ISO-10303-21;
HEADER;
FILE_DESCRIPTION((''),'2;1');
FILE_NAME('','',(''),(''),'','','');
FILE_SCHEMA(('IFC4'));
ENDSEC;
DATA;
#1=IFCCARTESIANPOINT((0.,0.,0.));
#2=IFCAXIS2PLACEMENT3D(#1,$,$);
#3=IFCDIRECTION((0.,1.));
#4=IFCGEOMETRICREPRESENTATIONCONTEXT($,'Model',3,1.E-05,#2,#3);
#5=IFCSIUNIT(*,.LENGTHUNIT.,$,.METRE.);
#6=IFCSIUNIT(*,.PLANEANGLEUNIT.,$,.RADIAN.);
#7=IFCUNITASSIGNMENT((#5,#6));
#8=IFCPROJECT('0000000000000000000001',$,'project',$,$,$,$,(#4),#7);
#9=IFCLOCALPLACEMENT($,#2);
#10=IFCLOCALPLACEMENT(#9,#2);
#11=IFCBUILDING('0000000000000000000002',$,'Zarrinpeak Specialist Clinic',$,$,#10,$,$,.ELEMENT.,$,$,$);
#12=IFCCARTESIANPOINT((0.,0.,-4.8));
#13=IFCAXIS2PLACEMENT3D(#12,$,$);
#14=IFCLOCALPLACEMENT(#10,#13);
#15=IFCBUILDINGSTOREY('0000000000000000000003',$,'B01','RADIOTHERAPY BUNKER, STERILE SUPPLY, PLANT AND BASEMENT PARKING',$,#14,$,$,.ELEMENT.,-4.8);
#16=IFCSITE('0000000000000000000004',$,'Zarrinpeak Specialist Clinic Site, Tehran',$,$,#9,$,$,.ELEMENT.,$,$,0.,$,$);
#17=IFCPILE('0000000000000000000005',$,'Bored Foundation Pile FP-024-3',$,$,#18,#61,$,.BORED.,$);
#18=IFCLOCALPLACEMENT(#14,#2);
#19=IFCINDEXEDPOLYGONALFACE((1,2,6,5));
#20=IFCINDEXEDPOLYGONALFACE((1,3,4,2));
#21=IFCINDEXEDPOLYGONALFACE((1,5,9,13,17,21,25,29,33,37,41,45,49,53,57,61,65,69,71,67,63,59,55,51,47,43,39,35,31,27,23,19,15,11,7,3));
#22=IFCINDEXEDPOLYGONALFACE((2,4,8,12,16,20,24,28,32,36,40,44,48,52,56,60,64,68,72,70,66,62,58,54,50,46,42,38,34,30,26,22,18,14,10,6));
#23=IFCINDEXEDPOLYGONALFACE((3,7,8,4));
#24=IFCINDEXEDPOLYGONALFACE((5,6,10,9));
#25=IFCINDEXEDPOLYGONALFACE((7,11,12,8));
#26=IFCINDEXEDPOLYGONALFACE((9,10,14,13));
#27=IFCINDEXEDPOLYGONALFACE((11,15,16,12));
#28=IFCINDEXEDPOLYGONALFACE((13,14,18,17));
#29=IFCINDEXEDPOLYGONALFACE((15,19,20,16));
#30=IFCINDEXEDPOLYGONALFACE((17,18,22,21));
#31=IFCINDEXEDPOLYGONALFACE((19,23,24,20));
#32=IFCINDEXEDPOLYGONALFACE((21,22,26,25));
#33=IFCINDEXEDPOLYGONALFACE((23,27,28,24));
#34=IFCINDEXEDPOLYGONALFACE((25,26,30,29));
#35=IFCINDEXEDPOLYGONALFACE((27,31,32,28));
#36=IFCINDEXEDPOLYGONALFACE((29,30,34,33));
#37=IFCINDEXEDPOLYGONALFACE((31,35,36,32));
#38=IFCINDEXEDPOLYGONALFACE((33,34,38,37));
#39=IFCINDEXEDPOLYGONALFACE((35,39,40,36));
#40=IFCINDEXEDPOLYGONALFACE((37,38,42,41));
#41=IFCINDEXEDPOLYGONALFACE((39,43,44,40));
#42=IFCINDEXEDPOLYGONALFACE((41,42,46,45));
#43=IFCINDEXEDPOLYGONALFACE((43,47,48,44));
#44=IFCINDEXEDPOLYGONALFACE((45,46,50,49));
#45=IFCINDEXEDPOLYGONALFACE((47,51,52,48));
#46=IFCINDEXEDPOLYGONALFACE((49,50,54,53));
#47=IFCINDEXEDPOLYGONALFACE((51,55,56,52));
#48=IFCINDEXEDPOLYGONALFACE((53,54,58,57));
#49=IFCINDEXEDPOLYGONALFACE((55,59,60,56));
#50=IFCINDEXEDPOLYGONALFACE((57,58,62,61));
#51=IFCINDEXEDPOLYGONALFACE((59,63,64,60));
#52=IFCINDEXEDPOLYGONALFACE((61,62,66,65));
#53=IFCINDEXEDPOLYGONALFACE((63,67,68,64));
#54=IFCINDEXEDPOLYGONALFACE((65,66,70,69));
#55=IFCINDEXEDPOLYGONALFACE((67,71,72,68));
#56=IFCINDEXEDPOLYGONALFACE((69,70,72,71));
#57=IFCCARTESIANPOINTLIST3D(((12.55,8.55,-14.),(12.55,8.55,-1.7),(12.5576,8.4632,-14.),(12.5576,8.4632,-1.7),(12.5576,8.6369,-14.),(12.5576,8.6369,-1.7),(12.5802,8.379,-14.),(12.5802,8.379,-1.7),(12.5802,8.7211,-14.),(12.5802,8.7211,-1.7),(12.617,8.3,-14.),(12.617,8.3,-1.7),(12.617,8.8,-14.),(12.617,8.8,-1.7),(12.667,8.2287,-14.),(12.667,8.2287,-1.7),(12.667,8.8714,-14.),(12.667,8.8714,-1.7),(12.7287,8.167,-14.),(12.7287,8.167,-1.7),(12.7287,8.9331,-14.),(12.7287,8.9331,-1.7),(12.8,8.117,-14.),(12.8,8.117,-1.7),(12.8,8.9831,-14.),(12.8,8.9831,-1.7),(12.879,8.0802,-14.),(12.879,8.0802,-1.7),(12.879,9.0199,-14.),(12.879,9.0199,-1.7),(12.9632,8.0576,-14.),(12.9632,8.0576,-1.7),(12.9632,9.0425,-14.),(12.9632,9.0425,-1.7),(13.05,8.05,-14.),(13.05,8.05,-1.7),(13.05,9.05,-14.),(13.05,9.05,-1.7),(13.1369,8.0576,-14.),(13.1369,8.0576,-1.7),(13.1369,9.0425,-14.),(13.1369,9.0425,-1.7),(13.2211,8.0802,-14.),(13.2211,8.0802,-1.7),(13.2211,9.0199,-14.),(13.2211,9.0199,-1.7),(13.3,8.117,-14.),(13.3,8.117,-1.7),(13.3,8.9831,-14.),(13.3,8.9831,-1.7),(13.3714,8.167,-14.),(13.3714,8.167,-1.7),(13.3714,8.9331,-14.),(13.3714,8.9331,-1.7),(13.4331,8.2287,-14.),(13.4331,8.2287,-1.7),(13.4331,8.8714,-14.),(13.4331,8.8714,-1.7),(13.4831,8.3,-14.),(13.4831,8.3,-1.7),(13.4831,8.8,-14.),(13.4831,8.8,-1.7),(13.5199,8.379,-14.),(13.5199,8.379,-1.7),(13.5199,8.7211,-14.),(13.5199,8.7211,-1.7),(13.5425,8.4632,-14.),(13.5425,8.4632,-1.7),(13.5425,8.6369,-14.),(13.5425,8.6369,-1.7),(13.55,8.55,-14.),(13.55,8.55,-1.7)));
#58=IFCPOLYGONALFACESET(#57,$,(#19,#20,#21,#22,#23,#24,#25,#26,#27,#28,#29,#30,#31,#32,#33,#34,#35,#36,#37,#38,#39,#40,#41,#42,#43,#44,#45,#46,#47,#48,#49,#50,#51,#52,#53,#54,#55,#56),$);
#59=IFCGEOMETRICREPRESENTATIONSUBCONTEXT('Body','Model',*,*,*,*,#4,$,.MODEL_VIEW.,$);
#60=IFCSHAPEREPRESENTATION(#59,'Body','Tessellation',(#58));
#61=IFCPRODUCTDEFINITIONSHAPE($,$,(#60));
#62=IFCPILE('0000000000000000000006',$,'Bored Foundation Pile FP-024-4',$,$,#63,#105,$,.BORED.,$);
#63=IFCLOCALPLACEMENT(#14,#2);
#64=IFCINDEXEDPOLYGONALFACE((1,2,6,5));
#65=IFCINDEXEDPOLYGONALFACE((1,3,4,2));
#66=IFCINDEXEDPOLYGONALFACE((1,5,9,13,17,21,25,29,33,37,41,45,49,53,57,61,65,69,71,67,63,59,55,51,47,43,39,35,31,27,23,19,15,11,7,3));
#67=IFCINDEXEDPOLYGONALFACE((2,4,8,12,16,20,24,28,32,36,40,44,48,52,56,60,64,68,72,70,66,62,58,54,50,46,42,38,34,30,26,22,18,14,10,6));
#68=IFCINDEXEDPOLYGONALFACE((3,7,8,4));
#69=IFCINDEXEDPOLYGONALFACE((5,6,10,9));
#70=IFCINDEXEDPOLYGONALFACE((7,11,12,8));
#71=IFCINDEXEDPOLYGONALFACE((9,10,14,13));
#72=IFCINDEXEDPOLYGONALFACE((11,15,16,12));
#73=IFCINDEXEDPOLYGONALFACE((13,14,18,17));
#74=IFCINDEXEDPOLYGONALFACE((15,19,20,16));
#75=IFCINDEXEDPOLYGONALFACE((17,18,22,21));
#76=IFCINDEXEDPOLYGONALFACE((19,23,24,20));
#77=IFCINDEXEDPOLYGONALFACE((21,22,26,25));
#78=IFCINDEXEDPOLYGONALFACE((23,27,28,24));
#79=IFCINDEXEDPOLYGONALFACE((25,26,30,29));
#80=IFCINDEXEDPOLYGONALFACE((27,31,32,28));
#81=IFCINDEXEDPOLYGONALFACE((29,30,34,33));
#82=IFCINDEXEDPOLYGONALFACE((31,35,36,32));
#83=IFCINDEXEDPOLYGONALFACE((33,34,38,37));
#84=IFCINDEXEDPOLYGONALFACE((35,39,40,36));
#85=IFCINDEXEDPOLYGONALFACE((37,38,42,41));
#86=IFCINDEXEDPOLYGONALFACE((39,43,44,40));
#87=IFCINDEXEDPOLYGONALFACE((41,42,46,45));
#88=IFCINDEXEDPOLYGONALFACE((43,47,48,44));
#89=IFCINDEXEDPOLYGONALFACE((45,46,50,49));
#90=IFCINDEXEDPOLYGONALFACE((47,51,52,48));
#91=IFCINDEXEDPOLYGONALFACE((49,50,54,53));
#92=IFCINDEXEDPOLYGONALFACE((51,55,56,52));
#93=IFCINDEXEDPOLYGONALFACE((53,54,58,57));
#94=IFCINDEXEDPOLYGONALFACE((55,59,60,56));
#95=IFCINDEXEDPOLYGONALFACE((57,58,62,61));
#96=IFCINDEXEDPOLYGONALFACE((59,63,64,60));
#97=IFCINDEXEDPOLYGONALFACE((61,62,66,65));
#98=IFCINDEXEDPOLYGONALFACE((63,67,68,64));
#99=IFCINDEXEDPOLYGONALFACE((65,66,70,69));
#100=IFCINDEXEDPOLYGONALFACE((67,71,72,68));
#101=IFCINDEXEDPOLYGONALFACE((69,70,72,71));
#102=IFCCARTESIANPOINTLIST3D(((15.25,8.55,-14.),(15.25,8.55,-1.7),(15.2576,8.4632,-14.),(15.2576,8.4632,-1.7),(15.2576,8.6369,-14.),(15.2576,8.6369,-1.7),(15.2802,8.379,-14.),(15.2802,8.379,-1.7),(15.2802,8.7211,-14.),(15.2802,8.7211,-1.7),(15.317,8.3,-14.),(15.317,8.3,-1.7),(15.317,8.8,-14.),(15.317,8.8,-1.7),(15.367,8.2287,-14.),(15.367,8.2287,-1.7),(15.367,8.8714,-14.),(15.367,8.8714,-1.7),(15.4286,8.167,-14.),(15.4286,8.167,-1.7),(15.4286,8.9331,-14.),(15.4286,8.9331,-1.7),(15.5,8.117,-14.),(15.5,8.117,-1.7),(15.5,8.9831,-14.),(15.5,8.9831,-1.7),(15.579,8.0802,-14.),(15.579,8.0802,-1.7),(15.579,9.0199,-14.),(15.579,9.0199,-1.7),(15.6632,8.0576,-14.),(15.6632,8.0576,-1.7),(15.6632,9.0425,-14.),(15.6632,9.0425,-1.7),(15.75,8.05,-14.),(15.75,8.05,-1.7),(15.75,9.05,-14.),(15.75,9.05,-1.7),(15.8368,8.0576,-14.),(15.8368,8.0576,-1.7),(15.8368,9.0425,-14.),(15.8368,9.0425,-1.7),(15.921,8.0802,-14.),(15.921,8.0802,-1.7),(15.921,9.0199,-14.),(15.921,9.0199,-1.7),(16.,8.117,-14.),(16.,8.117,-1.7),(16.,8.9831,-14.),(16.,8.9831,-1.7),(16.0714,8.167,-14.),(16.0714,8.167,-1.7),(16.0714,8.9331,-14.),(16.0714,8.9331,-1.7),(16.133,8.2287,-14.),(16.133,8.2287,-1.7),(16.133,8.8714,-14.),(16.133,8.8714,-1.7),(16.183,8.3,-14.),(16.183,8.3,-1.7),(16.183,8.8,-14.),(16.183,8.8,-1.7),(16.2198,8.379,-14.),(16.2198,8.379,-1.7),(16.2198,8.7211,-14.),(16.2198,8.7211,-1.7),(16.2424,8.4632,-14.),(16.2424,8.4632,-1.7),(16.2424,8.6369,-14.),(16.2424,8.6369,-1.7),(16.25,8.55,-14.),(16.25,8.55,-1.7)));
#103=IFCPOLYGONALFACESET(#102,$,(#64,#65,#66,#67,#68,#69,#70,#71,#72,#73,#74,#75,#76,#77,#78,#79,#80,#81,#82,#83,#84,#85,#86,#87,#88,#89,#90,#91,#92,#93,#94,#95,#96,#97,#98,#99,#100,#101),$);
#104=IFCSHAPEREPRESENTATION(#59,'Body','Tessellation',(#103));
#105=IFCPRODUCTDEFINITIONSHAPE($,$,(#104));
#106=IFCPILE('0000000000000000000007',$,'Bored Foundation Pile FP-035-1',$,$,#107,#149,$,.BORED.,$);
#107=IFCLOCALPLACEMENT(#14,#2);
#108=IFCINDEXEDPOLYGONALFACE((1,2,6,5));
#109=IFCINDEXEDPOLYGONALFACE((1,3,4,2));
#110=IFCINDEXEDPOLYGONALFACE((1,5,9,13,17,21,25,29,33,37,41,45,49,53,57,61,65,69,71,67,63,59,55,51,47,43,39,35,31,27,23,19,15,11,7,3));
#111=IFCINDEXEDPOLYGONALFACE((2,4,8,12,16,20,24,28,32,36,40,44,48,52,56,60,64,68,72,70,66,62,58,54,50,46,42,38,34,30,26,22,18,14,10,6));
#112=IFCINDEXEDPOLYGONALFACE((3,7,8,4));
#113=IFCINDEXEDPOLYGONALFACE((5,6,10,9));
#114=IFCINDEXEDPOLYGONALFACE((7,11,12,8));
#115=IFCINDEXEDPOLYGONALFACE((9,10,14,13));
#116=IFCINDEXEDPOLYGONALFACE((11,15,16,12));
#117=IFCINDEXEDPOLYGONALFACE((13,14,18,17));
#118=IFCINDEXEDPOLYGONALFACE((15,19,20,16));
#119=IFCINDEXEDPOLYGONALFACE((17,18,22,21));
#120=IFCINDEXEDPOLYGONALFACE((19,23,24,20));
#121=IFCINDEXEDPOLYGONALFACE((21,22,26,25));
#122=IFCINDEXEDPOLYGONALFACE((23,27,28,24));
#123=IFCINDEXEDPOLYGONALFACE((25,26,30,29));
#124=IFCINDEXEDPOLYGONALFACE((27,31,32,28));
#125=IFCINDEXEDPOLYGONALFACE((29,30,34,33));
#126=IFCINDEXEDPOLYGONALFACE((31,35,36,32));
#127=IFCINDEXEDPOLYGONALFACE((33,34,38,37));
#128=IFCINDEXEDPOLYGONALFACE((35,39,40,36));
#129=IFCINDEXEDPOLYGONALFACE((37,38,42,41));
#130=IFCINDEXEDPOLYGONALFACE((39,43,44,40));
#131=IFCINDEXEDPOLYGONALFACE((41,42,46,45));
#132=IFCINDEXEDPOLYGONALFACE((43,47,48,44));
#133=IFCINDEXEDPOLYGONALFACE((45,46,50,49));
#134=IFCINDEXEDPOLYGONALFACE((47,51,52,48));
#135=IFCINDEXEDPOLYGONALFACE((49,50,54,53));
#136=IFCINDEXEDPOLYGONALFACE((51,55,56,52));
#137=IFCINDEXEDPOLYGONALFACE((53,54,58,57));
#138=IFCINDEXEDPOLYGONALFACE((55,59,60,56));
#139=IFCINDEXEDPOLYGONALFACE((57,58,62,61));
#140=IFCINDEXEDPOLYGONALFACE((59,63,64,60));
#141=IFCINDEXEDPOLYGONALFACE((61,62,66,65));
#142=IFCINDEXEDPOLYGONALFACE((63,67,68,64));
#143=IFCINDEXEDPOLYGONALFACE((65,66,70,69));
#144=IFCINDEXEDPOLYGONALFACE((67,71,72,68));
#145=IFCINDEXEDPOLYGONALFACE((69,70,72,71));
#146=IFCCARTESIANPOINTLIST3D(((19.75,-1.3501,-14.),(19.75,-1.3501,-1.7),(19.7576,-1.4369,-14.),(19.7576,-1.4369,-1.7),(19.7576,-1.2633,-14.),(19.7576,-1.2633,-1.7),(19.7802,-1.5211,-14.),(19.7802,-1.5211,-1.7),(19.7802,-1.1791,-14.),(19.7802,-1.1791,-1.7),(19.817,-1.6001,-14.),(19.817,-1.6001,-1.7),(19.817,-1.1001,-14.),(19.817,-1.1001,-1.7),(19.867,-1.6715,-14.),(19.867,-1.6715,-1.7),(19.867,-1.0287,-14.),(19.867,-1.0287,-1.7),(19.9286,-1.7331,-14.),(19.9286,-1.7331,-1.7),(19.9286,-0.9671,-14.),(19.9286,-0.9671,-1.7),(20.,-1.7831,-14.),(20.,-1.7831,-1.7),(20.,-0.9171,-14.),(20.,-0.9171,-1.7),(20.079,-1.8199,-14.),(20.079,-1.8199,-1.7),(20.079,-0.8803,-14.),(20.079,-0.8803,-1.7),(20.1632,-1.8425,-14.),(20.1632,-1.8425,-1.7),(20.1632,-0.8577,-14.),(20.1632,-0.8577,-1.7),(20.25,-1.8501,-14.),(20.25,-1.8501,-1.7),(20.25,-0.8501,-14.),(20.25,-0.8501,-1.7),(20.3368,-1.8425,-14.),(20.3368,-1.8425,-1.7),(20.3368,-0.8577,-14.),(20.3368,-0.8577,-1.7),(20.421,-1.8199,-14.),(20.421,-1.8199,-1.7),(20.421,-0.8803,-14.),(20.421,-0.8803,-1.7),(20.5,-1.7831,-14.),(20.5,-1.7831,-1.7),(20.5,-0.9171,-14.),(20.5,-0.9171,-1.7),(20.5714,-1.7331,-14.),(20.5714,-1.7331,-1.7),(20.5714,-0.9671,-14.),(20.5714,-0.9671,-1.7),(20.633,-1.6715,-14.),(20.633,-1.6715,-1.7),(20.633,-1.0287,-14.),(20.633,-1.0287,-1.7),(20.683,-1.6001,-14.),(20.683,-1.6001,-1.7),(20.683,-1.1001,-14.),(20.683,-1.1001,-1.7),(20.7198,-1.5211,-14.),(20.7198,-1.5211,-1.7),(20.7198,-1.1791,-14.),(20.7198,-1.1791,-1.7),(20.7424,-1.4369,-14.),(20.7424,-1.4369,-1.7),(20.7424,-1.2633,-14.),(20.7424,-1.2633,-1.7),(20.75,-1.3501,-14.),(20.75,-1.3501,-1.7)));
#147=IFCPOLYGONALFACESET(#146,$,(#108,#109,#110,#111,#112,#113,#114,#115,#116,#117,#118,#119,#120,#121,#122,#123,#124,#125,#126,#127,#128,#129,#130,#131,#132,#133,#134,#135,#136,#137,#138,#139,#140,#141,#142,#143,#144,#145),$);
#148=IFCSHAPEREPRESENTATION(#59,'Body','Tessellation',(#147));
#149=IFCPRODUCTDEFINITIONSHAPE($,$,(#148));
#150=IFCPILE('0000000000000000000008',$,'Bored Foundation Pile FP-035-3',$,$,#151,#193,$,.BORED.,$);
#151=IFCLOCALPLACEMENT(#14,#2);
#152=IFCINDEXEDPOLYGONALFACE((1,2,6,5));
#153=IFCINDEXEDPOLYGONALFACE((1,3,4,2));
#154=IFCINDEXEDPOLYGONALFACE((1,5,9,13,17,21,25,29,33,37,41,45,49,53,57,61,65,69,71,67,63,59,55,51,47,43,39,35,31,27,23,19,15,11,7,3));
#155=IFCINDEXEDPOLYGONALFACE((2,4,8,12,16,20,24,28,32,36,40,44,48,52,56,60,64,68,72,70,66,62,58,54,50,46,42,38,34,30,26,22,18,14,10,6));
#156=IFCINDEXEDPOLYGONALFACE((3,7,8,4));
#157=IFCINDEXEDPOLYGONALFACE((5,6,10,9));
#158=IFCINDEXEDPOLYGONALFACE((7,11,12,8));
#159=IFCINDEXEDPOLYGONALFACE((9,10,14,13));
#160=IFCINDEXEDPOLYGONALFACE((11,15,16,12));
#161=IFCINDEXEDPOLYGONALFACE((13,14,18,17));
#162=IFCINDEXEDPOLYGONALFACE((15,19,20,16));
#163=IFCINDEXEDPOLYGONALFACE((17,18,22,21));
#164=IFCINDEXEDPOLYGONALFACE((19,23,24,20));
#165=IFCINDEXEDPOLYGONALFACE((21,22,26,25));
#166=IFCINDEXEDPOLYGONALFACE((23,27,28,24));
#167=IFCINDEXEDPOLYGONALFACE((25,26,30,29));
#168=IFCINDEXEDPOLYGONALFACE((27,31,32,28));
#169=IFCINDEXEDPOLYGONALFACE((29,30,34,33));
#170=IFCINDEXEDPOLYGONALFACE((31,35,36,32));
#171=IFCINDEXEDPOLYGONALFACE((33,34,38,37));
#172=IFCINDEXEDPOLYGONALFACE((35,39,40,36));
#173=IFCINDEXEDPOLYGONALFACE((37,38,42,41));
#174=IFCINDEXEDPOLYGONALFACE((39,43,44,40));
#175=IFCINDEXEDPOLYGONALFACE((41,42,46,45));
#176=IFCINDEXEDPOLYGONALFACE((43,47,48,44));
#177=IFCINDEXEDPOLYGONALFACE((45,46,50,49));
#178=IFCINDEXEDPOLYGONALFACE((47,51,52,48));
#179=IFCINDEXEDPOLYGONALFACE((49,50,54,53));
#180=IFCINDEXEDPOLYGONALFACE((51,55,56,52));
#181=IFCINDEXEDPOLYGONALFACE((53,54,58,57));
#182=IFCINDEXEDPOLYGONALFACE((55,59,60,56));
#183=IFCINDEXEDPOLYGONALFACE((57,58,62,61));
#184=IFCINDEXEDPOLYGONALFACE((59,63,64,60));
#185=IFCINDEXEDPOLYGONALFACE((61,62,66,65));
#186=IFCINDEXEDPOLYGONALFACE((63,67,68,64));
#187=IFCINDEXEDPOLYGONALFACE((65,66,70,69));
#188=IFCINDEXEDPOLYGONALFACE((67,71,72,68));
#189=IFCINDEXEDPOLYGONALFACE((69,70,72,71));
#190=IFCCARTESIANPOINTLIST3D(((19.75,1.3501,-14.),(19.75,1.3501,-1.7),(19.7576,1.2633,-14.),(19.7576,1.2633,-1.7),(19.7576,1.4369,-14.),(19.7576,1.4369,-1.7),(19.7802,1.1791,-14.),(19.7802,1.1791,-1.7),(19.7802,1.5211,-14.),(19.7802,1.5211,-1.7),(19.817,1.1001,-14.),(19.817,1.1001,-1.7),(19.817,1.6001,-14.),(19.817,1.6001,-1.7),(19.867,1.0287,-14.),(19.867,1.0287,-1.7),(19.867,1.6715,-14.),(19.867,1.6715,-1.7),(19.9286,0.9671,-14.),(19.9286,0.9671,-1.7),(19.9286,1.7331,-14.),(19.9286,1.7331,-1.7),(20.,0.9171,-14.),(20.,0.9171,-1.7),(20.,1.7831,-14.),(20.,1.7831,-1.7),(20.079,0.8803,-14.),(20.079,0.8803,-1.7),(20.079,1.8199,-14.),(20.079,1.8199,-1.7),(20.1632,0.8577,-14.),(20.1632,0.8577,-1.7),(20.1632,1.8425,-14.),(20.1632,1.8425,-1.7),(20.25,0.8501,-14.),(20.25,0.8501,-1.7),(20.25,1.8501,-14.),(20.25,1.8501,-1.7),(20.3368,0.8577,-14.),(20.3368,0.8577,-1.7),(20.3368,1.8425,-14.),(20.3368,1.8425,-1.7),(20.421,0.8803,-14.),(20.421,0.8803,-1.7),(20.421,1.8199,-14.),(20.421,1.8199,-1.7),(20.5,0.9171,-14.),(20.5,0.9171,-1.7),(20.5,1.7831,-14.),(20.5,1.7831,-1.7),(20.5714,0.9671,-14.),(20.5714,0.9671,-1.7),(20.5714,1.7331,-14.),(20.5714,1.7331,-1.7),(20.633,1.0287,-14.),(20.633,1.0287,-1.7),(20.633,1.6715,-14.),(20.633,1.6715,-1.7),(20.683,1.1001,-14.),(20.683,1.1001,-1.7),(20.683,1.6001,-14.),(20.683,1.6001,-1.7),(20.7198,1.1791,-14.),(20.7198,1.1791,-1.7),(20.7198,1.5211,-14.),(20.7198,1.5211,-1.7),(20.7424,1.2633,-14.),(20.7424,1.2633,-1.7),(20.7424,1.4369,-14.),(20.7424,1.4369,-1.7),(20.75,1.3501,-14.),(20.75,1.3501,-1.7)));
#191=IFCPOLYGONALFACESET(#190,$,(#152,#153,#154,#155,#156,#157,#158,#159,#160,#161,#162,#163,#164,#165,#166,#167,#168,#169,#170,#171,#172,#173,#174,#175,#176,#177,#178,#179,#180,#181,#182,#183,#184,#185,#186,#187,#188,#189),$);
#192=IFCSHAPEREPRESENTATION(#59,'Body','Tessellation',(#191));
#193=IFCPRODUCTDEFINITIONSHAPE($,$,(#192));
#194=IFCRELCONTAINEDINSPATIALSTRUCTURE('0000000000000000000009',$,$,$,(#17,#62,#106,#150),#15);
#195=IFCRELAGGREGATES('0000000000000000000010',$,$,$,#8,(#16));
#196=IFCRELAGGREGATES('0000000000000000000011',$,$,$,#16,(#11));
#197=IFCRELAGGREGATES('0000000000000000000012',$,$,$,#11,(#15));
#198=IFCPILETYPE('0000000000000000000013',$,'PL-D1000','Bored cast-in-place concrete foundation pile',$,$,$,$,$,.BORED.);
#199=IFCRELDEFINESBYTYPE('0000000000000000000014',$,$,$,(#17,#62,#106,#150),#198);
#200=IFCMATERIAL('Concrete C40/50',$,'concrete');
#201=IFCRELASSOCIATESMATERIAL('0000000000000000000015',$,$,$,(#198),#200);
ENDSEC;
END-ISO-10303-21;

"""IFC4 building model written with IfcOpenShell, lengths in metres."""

from ifc_helpers import new_model, si_unit, direction, frame, origin, origin_2d, place, context, subcontext, project, spatial, circle, extrude, material, material_profile, profile_set, type_object, element, save


model = new_model("IFC4")

# Units and contexts
model_context = context("Model", 3, precision=1e-05, world=origin(), true_north=direction((0.0, 1.0)))
body_context = subcontext(model_context, "Body", "Model", "MODEL_VIEW")
ifc_project = project(units=[si_unit("LENGTHUNIT", "METRE"), si_unit("PLANEANGLEUNIT", "RADIAN")], contexts=[model_context])

# Site, building, storey
site_placement = place(None, origin())
site = spatial("IfcSite", under=ifc_project, at=site_placement, Name="Zarrinpeak Specialist Clinic Site, Tehran", CompositionType="ELEMENT", RefElevation=0.0)
building_placement = place(site_placement, origin())
building = spatial("IfcBuilding", under=site, at=building_placement, Name="Zarrinpeak Specialist Clinic", CompositionType="ELEMENT")
storey_placement = place(building_placement, frame((0.0, 0.0, -4.8)))
storey = spatial("IfcBuildingStorey", under=building, at=storey_placement, Name="B01", Description="RADIOTHERAPY BUNKER, STERILE SUPPLY, PLANT AND BASEMENT PARKING", CompositionType="ELEMENT", Elevation=-4.8)

# Shared definitions
ifc_material_1 = material(Name="Concrete C40/50", Category="concrete")

# Piles
ifc_material_profile_1 = material_profile(ifc_material_1, circle(Radius=0.5, at=origin_2d()), Name="BORED PILE D1000")
ifc_profile_set_1 = profile_set([ifc_material_profile_1], Name="Concrete C40/50")
pile_type = type_object("IfcPileType", Name="PL-D1000", Description="Bored cast-in-place concrete foundation pile", PredefinedType="BORED", material=ifc_profile_set_1)
for number, where, z_axis, x_axis, name in (
    (1, (13.05, 8.55, -1.7), (0.0, 0.0, -1.0), (1.0, 0.0, 0.0), "Bored Foundation Pile FP-024-3"),
    (2, (15.75, 8.55, -1.7), (0.0, 0.0, -1.0), (1.0, 0.0, 0.0), "Bored Foundation Pile FP-024-4"),
    (3, (20.25, -1.3501, -1.7), (0.0, 0.0, -1.0), (1.0, 0.0, 0.0), "Bored Foundation Pile FP-035-1"),
    (4, (20.25, 1.3501, -1.7), (0.0, 0.0, -1.0), (1.0, 0.0, 0.0), "Bored Foundation Pile FP-035-3"),
):
    element("IfcPile", number, at=place(storey_placement, frame(where, z_axis=z_axis, x_axis=x_axis)), inside=storey, type_object=pile_type, Name=name, PredefinedType="BORED", context=body_context, shape_type="SweptSolid", body=[
        extrude(circle(Radius=0.5, at=origin_2d()), origin(), (0.0, 0.0, 1.0), 12.3),
    ])

save(model, "model.ifc")
